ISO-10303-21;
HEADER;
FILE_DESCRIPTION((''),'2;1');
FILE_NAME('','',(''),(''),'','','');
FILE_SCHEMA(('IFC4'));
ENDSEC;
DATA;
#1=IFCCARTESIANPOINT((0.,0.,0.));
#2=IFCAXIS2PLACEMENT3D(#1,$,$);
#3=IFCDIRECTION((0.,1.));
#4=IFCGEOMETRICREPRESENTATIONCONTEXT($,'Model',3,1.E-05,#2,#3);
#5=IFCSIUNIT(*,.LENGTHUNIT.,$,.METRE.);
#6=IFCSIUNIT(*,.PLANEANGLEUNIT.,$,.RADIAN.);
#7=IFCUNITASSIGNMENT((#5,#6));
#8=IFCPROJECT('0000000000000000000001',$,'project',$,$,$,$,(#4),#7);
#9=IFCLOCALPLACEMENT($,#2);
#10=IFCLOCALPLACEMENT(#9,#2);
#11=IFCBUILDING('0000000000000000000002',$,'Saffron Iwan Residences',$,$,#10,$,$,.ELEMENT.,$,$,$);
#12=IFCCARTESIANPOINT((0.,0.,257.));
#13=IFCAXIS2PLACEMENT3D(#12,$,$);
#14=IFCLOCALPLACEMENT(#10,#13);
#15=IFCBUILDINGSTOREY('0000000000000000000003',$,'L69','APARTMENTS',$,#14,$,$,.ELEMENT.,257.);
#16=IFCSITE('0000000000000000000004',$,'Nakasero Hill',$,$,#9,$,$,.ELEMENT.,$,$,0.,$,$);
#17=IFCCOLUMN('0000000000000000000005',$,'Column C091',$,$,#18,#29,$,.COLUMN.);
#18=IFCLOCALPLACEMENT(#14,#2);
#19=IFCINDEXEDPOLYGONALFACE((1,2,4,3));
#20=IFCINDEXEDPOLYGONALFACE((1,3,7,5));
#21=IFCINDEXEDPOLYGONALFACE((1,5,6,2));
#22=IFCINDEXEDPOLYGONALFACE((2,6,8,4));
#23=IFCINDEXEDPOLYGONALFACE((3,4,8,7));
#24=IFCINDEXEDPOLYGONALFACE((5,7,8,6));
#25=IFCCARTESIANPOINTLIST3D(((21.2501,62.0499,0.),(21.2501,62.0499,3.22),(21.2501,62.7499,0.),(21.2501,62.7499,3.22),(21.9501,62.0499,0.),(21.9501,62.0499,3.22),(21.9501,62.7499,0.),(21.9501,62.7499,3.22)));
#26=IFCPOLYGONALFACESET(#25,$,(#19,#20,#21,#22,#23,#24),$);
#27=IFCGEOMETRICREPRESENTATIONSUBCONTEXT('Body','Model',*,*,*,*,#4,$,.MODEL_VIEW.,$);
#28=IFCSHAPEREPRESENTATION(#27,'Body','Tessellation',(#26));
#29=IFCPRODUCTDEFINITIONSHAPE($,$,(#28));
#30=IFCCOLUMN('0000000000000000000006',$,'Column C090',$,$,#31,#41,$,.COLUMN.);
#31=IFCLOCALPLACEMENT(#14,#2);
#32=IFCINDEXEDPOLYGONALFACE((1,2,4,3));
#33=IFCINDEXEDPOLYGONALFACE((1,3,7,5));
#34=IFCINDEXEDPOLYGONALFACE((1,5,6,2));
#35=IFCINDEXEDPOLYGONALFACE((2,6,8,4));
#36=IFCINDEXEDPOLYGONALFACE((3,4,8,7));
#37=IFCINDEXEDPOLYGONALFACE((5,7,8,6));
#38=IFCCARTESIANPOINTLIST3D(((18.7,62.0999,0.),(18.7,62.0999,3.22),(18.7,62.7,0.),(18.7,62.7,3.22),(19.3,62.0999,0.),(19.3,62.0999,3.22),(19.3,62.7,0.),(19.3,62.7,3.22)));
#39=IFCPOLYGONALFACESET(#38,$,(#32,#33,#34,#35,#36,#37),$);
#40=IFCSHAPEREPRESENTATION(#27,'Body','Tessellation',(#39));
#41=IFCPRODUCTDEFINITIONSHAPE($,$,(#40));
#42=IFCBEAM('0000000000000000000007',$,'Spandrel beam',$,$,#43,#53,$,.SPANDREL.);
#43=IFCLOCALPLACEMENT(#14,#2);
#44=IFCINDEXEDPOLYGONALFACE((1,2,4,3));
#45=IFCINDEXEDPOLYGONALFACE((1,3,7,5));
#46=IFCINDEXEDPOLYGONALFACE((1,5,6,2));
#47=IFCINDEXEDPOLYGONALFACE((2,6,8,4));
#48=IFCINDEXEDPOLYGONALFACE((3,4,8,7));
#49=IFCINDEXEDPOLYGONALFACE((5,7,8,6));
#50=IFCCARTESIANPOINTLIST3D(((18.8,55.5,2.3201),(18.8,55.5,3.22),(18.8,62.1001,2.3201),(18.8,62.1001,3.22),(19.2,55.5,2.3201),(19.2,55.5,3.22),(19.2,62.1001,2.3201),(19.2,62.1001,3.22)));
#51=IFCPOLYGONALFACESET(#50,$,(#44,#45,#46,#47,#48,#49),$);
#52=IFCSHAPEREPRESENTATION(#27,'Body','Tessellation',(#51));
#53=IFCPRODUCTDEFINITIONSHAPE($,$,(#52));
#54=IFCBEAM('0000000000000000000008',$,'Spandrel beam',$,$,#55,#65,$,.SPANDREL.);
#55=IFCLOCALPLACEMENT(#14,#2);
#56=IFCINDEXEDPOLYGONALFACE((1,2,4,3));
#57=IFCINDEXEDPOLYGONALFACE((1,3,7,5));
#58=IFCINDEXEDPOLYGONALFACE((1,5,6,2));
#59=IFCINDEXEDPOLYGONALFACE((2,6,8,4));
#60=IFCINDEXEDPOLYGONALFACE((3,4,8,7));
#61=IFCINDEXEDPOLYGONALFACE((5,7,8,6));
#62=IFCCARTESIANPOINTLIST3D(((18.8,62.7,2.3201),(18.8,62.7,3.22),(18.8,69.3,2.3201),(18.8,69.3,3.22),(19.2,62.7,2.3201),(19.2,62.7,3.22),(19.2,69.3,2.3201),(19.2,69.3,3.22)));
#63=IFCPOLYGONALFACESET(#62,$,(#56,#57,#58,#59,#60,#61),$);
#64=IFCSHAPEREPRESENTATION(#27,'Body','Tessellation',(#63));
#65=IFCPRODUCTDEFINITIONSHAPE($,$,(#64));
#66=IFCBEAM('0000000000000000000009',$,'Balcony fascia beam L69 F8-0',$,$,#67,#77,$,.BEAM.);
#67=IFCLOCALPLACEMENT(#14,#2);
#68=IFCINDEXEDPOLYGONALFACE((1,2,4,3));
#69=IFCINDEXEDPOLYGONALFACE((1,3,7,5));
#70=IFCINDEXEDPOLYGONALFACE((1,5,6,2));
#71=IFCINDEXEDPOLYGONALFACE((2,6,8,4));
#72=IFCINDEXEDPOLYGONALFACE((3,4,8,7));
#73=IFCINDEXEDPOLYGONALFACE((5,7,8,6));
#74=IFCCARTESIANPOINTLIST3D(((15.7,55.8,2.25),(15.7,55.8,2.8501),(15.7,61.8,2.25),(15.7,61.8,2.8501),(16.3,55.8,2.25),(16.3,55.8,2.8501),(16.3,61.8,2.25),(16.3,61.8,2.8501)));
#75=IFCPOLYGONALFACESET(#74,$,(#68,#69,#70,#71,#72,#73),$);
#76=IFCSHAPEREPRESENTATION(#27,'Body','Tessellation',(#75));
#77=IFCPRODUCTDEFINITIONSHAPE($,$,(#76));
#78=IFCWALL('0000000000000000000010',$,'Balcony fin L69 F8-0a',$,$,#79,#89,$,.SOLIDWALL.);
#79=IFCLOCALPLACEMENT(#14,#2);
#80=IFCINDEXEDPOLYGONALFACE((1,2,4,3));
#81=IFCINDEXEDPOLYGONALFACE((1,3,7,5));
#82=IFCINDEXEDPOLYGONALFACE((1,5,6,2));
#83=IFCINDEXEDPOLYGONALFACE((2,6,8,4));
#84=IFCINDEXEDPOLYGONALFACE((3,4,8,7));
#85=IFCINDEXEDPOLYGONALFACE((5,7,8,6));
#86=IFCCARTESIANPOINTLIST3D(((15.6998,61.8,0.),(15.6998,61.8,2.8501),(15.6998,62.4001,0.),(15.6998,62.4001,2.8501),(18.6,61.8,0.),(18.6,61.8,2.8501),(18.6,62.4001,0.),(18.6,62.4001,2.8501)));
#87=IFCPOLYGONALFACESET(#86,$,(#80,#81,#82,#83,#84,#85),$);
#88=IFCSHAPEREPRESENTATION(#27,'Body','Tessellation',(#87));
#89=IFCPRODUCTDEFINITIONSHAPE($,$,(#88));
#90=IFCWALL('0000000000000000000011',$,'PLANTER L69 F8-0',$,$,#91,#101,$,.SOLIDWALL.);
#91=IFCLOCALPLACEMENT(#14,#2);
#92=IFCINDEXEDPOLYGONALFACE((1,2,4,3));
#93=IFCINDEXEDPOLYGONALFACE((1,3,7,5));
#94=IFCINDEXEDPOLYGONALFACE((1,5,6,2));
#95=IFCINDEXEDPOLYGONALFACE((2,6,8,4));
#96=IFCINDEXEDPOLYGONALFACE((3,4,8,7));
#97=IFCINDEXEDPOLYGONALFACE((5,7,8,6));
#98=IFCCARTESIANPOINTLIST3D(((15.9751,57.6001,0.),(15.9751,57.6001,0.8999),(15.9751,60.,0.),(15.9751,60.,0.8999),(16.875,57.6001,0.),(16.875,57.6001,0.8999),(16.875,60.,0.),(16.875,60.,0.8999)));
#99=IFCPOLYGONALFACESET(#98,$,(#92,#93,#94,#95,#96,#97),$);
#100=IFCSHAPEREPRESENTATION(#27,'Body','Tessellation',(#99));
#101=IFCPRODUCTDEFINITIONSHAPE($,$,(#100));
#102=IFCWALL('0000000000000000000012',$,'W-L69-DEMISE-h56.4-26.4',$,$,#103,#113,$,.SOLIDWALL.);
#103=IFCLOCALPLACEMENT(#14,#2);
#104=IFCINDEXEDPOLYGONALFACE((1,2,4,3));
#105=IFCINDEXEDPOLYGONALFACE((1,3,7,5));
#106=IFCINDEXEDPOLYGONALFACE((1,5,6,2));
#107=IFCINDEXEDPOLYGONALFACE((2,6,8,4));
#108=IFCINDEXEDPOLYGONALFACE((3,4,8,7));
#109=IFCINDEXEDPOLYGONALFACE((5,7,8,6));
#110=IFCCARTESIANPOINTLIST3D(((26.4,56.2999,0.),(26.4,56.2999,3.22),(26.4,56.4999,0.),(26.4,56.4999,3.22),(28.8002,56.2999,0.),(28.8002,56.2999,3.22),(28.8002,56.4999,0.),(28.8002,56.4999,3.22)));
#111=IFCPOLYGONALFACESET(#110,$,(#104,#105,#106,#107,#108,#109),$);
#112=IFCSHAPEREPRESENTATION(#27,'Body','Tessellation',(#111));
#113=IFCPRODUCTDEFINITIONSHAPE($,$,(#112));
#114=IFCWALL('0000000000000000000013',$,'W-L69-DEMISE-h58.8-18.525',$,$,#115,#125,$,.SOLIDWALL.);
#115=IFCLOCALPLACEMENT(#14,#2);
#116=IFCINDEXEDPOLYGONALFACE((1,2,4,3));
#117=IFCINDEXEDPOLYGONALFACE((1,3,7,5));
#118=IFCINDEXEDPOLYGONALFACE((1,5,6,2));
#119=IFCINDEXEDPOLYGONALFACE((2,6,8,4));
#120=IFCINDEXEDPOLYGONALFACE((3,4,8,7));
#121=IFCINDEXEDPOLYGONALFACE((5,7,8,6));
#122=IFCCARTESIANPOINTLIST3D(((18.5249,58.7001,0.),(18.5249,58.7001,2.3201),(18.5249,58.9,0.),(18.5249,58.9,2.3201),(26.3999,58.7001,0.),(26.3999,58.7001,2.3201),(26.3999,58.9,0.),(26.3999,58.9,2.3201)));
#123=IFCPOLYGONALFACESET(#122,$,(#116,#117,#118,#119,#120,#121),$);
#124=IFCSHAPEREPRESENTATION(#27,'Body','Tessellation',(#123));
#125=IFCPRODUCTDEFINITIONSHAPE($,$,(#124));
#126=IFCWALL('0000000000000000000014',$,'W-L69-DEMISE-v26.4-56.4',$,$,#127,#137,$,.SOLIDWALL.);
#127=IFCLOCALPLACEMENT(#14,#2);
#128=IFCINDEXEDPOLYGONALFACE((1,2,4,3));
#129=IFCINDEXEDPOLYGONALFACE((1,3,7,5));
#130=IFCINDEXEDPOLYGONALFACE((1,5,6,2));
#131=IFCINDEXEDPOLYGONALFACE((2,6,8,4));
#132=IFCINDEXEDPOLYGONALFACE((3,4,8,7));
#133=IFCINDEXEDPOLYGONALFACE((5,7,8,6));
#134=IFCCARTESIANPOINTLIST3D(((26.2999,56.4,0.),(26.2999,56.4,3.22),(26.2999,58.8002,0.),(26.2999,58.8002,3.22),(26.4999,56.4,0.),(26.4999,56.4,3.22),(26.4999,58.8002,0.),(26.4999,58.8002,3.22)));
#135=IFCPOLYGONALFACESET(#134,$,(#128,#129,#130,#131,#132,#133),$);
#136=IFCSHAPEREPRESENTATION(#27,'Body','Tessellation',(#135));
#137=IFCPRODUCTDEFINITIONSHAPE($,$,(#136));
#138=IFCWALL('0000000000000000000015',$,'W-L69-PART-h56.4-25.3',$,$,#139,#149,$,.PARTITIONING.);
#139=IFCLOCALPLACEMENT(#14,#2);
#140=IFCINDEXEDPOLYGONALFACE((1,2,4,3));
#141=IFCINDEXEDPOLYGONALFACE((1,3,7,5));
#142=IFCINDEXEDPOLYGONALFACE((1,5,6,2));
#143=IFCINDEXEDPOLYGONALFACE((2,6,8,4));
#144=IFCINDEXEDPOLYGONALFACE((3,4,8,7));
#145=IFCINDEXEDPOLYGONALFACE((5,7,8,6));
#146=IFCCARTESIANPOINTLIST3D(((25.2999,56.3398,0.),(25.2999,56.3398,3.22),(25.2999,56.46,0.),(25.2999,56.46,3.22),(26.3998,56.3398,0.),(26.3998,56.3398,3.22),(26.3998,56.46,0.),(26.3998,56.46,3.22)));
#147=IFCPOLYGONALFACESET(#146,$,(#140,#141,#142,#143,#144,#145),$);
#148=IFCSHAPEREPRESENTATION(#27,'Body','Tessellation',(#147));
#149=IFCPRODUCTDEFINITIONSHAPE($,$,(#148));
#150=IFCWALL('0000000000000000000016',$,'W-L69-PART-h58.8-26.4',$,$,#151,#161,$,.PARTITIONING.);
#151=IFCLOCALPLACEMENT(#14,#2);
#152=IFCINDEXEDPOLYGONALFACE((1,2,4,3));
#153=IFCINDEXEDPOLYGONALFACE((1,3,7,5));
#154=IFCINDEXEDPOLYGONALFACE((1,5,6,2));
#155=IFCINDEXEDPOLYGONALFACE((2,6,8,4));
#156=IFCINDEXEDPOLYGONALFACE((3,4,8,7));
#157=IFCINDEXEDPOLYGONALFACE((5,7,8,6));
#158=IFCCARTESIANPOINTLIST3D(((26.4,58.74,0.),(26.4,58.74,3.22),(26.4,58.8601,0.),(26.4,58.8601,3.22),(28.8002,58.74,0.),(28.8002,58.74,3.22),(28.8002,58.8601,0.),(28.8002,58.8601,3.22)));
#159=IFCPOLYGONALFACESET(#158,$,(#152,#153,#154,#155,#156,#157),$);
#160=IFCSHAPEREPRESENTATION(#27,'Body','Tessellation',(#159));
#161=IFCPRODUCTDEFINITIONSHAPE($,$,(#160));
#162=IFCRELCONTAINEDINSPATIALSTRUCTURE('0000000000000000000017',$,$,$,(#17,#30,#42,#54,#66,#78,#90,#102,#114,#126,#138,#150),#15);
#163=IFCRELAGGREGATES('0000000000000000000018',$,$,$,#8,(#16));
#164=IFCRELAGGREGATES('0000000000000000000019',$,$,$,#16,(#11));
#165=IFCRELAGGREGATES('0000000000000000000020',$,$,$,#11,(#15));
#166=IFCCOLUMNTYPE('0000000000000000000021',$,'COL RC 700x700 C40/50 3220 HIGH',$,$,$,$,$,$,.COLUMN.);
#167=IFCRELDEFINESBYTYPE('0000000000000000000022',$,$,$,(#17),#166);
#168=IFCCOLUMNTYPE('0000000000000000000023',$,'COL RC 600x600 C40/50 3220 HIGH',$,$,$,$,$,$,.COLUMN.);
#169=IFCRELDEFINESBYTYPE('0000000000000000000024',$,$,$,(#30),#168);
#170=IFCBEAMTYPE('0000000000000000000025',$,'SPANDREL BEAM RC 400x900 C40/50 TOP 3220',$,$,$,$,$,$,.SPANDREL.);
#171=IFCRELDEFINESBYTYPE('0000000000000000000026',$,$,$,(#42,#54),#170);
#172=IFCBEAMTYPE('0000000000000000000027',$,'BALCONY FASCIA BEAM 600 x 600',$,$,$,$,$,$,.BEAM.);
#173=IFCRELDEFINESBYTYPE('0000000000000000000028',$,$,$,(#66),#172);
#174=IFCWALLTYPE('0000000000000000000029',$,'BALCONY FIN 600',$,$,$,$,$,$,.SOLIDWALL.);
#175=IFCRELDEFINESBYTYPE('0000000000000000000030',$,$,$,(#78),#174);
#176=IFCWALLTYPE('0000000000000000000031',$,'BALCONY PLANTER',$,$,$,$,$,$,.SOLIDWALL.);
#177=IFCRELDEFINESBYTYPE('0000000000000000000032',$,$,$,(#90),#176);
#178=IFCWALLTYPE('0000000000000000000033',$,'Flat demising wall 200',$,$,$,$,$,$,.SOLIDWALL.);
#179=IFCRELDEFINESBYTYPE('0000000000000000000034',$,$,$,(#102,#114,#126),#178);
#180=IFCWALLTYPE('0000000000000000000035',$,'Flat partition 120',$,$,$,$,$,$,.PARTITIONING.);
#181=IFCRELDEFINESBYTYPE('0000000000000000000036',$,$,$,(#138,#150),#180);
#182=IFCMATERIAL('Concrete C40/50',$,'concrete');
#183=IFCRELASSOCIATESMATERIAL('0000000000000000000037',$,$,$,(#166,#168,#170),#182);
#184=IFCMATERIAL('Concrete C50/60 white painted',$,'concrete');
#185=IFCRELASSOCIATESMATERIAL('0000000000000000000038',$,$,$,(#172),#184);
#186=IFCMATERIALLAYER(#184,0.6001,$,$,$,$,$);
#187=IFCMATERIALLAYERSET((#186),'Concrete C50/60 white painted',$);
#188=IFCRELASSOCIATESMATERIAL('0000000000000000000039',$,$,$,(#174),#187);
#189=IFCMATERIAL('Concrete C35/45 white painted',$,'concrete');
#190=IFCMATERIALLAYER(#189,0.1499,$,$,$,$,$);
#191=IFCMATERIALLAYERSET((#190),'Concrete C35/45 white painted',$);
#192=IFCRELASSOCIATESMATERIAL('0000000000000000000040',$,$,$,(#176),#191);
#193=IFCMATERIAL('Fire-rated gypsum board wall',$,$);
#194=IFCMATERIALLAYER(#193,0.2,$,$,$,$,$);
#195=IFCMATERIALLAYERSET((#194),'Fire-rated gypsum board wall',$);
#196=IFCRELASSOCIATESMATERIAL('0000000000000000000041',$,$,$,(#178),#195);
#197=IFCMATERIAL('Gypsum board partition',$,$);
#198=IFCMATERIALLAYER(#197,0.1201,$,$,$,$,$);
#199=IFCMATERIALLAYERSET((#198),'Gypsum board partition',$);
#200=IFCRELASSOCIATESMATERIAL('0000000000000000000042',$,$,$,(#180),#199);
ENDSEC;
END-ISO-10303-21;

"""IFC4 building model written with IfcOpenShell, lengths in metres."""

from ifc_helpers import new_model, si_unit, direction, frame, frame_2d, origin, origin_2d, place, context, subcontext, project, spatial, rectangle, extrude, source, transform, mapped, material, layer, layer_set, material_profile, profile_set, type_object, element, save


model = new_model("IFC4")

# Units and contexts
model_context = context("Model", 3, precision=1e-05, world=origin(), true_north=direction((0.0, 1.0)))
body_context = subcontext(model_context, "Body", "Model", "MODEL_VIEW")
ifc_project = project(units=[si_unit("LENGTHUNIT", "METRE"), si_unit("PLANEANGLEUNIT", "RADIAN")], contexts=[model_context])

# Site, building, storey
site_placement = place(None, origin())
site = spatial("IfcSite", under=ifc_project, at=site_placement, Name="Nakasero Hill", CompositionType="ELEMENT", RefElevation=0.0)
building_placement = place(site_placement, origin())
building = spatial("IfcBuilding", under=site, at=building_placement, Name="Saffron Iwan Residences", CompositionType="ELEMENT")
storey_placement = place(building_placement, frame((0.0, 0.0, 257.0)))
storey = spatial("IfcBuildingStorey", under=building, at=storey_placement, Name="L69", Description="APARTMENTS", CompositionType="ELEMENT", Elevation=257.0)

# Columns
ifc_material_1 = material(Name="Concrete C40/50", Category="concrete")
ifc_material_profile_1 = material_profile(ifc_material_1, rectangle(XDim=0.7, YDim=0.7, at=origin_2d()), Name="RC 700x700")
ifc_profile_set_1 = profile_set([ifc_material_profile_1], Name="Concrete C40/50")
column_type_1 = type_object("IfcColumnType", Name="COL RC 700x700 C40/50 3220 HIGH", PredefinedType="COLUMN", material=ifc_profile_set_1)
shared_shape_1 = source(origin(), body_context, "Body", "SweptSolid", [
    extrude(rectangle(XDim=0.7, YDim=0.7, at=origin_2d()), origin(), (0.0, 0.0, 1.0), 3.22),
])
column_1_placement = place(storey_placement, frame((21.6001, 62.3999, 0.0), z_axis=(0.0, 0.0, 1.0), x_axis=(1.0, 0.0, 0.0)))
element("IfcColumn", 1, at=column_1_placement, inside=storey, type_object=column_type_1, Name="Column C091", PredefinedType="COLUMN", context=body_context, shape_type="MappedRepresentation", body=[
    mapped(shared_shape_1, transform((0.0, 0.0, 0.0))),
])
ifc_material_profile_2 = material_profile(ifc_material_1, rectangle(XDim=0.6001, YDim=0.6001, at=origin_2d()), Name="RC 600x600")
ifc_profile_set_2 = profile_set([ifc_material_profile_2], Name="Concrete C40/50")
column_type_2 = type_object("IfcColumnType", Name="COL RC 600x600 C40/50 3220 HIGH", PredefinedType="COLUMN", material=ifc_profile_set_2)
shared_shape_2 = source(origin(), body_context, "Body", "SweptSolid", [
    extrude(rectangle(XDim=0.6001, YDim=0.6001, at=origin_2d()), origin(), (0.0, 0.0, 1.0), 3.22),
])
column_2_placement = place(storey_placement, frame((19.0, 62.3999, 0.0), z_axis=(0.0, 0.0, 1.0), x_axis=(1.0, 0.0, 0.0)))
element("IfcColumn", 2, at=column_2_placement, inside=storey, type_object=column_type_2, Name="Column C090", PredefinedType="COLUMN", context=body_context, shape_type="MappedRepresentation", body=[
    mapped(shared_shape_2, transform((0.0, 0.0, 0.0))),
])

# Beams
ifc_material_profile_3 = material_profile(ifc_material_1, rectangle(XDim=0.3999, YDim=0.8999, at=origin_2d()), Name="RC 400x900")
ifc_profile_set_3 = profile_set([ifc_material_profile_3], Name="Concrete C40/50")
beam_type_1 = type_object("IfcBeamType", Name="SPANDREL BEAM RC 400x900 C40/50 TOP 3220", PredefinedType="SPANDREL", material=ifc_profile_set_3)
shared_shape_3 = source(origin(), body_context, "Body", "SweptSolid", [
    extrude(rectangle(XDim=0.3999, YDim=0.8999, at=origin_2d()), origin(), (0.0, 0.0, 1.0), 6.6001),
])
for number, where, z_axis, x_axis, name in (
    (3, (19.0, 55.5, 2.77), (0.0, 1.0, 0.0), (-1.0, 0.0, 0.0), "Spandrel beam"),
    (4, (19.0, 62.7, 2.77), (0.0, 1.0, 0.0), (-1.0, 0.0, 0.0), "Spandrel beam"),
):
    element("IfcBeam", number, at=place(storey_placement, frame(where, z_axis=z_axis, x_axis=x_axis)), inside=storey, type_object=beam_type_1, Name=name, PredefinedType="SPANDREL", context=body_context, shape_type="MappedRepresentation", body=[
        mapped(shared_shape_3, transform((0.0, 0.0, 0.0))),
    ])
ifc_material_2 = material(Name="Concrete C50/60 white painted", Category="concrete")
ifc_material_profile_4 = material_profile(ifc_material_2, rectangle(XDim=0.6001, YDim=0.6001, at=origin_2d()), Name="BALCONY FASCIA BEAM 600 x 600")
ifc_profile_set_4 = profile_set([ifc_material_profile_4], Name="Concrete C50/60 white painted")
beam_type_2 = type_object("IfcBeamType", Name="BALCONY FASCIA BEAM 600 x 600", PredefinedType="BEAM", material=ifc_profile_set_4)
shared_shape_4 = source(origin(), body_context, "Body", "SweptSolid", [
    extrude(rectangle(XDim=0.6001, YDim=0.6001, at=origin_2d()), origin(), (0.0, 0.0, 1.0), 6.0),
])
beam_placement = place(storey_placement, frame((16.0, 61.8, 2.55), z_axis=(0.0, -1.0, 0.0), x_axis=(1.0, 0.0, 0.0)))
element("IfcBeam", 5, at=beam_placement, inside=storey, type_object=beam_type_2, Name="Balcony fascia beam L69 F8-0", PredefinedType="BEAM", context=body_context, shape_type="MappedRepresentation", body=[
    mapped(shared_shape_4, transform((0.0, 0.0, 0.0))),
])

# Walls
ifc_layer_1 = layer(ifc_material_2, 0.6001)
ifc_layer_set_1 = layer_set([ifc_layer_1], Name="Concrete C50/60 white painted")
wall_type_1 = type_object("IfcWallType", Name="BALCONY FIN 600", PredefinedType="SOLIDWALL", material=ifc_layer_set_1)
wall_1_placement = place(storey_placement, frame((18.6001, 62.1001, 0.0), z_axis=(0.0, 0.0, 1.0), x_axis=(-1.0, 0.0, 0.0)))
element("IfcWall", 6, at=wall_1_placement, inside=storey, type_object=wall_type_1, Name="Balcony fin L69 F8-0a", PredefinedType="SOLIDWALL", context=body_context, shape_type="SweptSolid", body=[
    extrude(rectangle(XDim=2.9001, YDim=0.6001, at=frame_2d((1.4502, 0.0))), origin(), (0.0, 0.0, 1.0), 2.8501),
])
ifc_material_3 = material(Name="Concrete C35/45 white painted", Category="concrete")
ifc_layer_2 = layer(ifc_material_3, 0.1499)
ifc_layer_set_2 = layer_set([ifc_layer_2], Name="Concrete C35/45 white painted")
wall_type_2 = type_object("IfcWallType", Name="BALCONY PLANTER", PredefinedType="SOLIDWALL", material=ifc_layer_set_2)
wall_2_placement = place(storey_placement, frame((16.425, 60.0, 0.0), z_axis=(0.0, 0.0, 1.0), x_axis=(0.0, -1.0, 0.0)))
element("IfcWall", 7, at=wall_2_placement, inside=storey, type_object=wall_type_2, Name="PLANTER L69 F8-0", PredefinedType="SOLIDWALL", context=body_context, shape_type="SweptSolid", body=[
    extrude(rectangle(XDim=2.3999, YDim=0.8999, at=frame_2d((1.2, 0.0))), origin(), (0.0, 0.0, 1.0), 0.8999),
])

# Walls
ifc_material_4 = material(Name="Fire-rated gypsum board wall")
ifc_layer_3 = layer(ifc_material_4, 0.2)
ifc_layer_set_3 = layer_set([ifc_layer_3], Name="Fire-rated gypsum board wall")
wall_type_3 = type_object("IfcWallType", Name="Flat demising wall 200", PredefinedType="SOLIDWALL", material=ifc_layer_set_3)
wall_3_placement = place(storey_placement, frame((26.3999, 56.3999, 0.0), z_axis=(0.0, 0.0, 1.0), x_axis=(1.0, 0.0, 0.0)))
element("IfcWall", 8, at=wall_3_placement, inside=storey, type_object=wall_type_3, Name="W-L69-DEMISE-h56.4-26.4", PredefinedType="SOLIDWALL", context=body_context, shape_type="SweptSolid", body=[
    extrude(rectangle(XDim=2.4001, YDim=0.2, at=frame_2d((1.2002, 0.0))), origin(), (0.0, 0.0, 1.0), 3.22),
])
wall_4_placement = place(storey_placement, frame((18.5249, 58.8, 0.0), z_axis=(0.0, 0.0, 1.0), x_axis=(1.0, 0.0, 0.0)))
element("IfcWall", 9, at=wall_4_placement, inside=storey, type_object=wall_type_3, Name="W-L69-DEMISE-h58.8-18.525", PredefinedType="SOLIDWALL", context=body_context, shape_type="SweptSolid", body=[
    extrude(rectangle(XDim=7.875, YDim=0.2, at=frame_2d((3.9375, 0.0))), origin(), (0.0, 0.0, 1.0), 2.3201),
])
wall_5_placement = place(storey_placement, frame((26.3999, 56.3999, 0.0), z_axis=(0.0, 0.0, 1.0), x_axis=(0.0, 1.0, 0.0)))
element("IfcWall", 10, at=wall_5_placement, inside=storey, type_object=wall_type_3, Name="W-L69-DEMISE-v26.4-56.4", PredefinedType="SOLIDWALL", context=body_context, shape_type="SweptSolid", body=[
    extrude(rectangle(XDim=2.4001, YDim=0.2, at=frame_2d((1.2002, 0.0))), origin(), (0.0, 0.0, 1.0), 3.22),
])
ifc_material_5 = material(Name="Gypsum board partition")
ifc_layer_4 = layer(ifc_material_5, 0.1201)
ifc_layer_set_4 = layer_set([ifc_layer_4], Name="Gypsum board partition")
wall_type_4 = type_object("IfcWallType", Name="Flat partition 120", PredefinedType="PARTITIONING", material=ifc_layer_set_4)
wall_6_placement = place(storey_placement, frame((25.3, 56.3999, 0.0), z_axis=(0.0, 0.0, 1.0), x_axis=(1.0, 0.0, 0.0)))
element("IfcWall", 11, at=wall_6_placement, inside=storey, type_object=wall_type_4, Name="W-L69-PART-h56.4-25.3", PredefinedType="PARTITIONING", context=body_context, shape_type="SweptSolid", body=[
    extrude(rectangle(XDim=1.0999, YDim=0.1201, at=frame_2d((0.5498, 0.0))), origin(), (0.0, 0.0, 1.0), 3.22),
])
wall_7_placement = place(storey_placement, frame((26.3999, 58.8, 0.0), z_axis=(0.0, 0.0, 1.0), x_axis=(1.0, 0.0, 0.0)))
element("IfcWall", 12, at=wall_7_placement, inside=storey, type_object=wall_type_4, Name="W-L69-PART-h58.8-26.4", PredefinedType="PARTITIONING", context=body_context, shape_type="SweptSolid", body=[
    extrude(rectangle(XDim=2.4001, YDim=0.1201, at=frame_2d((1.2002, 0.0))), origin(), (0.0, 0.0, 1.0), 3.22),
])

save(model, "model.ifc")
